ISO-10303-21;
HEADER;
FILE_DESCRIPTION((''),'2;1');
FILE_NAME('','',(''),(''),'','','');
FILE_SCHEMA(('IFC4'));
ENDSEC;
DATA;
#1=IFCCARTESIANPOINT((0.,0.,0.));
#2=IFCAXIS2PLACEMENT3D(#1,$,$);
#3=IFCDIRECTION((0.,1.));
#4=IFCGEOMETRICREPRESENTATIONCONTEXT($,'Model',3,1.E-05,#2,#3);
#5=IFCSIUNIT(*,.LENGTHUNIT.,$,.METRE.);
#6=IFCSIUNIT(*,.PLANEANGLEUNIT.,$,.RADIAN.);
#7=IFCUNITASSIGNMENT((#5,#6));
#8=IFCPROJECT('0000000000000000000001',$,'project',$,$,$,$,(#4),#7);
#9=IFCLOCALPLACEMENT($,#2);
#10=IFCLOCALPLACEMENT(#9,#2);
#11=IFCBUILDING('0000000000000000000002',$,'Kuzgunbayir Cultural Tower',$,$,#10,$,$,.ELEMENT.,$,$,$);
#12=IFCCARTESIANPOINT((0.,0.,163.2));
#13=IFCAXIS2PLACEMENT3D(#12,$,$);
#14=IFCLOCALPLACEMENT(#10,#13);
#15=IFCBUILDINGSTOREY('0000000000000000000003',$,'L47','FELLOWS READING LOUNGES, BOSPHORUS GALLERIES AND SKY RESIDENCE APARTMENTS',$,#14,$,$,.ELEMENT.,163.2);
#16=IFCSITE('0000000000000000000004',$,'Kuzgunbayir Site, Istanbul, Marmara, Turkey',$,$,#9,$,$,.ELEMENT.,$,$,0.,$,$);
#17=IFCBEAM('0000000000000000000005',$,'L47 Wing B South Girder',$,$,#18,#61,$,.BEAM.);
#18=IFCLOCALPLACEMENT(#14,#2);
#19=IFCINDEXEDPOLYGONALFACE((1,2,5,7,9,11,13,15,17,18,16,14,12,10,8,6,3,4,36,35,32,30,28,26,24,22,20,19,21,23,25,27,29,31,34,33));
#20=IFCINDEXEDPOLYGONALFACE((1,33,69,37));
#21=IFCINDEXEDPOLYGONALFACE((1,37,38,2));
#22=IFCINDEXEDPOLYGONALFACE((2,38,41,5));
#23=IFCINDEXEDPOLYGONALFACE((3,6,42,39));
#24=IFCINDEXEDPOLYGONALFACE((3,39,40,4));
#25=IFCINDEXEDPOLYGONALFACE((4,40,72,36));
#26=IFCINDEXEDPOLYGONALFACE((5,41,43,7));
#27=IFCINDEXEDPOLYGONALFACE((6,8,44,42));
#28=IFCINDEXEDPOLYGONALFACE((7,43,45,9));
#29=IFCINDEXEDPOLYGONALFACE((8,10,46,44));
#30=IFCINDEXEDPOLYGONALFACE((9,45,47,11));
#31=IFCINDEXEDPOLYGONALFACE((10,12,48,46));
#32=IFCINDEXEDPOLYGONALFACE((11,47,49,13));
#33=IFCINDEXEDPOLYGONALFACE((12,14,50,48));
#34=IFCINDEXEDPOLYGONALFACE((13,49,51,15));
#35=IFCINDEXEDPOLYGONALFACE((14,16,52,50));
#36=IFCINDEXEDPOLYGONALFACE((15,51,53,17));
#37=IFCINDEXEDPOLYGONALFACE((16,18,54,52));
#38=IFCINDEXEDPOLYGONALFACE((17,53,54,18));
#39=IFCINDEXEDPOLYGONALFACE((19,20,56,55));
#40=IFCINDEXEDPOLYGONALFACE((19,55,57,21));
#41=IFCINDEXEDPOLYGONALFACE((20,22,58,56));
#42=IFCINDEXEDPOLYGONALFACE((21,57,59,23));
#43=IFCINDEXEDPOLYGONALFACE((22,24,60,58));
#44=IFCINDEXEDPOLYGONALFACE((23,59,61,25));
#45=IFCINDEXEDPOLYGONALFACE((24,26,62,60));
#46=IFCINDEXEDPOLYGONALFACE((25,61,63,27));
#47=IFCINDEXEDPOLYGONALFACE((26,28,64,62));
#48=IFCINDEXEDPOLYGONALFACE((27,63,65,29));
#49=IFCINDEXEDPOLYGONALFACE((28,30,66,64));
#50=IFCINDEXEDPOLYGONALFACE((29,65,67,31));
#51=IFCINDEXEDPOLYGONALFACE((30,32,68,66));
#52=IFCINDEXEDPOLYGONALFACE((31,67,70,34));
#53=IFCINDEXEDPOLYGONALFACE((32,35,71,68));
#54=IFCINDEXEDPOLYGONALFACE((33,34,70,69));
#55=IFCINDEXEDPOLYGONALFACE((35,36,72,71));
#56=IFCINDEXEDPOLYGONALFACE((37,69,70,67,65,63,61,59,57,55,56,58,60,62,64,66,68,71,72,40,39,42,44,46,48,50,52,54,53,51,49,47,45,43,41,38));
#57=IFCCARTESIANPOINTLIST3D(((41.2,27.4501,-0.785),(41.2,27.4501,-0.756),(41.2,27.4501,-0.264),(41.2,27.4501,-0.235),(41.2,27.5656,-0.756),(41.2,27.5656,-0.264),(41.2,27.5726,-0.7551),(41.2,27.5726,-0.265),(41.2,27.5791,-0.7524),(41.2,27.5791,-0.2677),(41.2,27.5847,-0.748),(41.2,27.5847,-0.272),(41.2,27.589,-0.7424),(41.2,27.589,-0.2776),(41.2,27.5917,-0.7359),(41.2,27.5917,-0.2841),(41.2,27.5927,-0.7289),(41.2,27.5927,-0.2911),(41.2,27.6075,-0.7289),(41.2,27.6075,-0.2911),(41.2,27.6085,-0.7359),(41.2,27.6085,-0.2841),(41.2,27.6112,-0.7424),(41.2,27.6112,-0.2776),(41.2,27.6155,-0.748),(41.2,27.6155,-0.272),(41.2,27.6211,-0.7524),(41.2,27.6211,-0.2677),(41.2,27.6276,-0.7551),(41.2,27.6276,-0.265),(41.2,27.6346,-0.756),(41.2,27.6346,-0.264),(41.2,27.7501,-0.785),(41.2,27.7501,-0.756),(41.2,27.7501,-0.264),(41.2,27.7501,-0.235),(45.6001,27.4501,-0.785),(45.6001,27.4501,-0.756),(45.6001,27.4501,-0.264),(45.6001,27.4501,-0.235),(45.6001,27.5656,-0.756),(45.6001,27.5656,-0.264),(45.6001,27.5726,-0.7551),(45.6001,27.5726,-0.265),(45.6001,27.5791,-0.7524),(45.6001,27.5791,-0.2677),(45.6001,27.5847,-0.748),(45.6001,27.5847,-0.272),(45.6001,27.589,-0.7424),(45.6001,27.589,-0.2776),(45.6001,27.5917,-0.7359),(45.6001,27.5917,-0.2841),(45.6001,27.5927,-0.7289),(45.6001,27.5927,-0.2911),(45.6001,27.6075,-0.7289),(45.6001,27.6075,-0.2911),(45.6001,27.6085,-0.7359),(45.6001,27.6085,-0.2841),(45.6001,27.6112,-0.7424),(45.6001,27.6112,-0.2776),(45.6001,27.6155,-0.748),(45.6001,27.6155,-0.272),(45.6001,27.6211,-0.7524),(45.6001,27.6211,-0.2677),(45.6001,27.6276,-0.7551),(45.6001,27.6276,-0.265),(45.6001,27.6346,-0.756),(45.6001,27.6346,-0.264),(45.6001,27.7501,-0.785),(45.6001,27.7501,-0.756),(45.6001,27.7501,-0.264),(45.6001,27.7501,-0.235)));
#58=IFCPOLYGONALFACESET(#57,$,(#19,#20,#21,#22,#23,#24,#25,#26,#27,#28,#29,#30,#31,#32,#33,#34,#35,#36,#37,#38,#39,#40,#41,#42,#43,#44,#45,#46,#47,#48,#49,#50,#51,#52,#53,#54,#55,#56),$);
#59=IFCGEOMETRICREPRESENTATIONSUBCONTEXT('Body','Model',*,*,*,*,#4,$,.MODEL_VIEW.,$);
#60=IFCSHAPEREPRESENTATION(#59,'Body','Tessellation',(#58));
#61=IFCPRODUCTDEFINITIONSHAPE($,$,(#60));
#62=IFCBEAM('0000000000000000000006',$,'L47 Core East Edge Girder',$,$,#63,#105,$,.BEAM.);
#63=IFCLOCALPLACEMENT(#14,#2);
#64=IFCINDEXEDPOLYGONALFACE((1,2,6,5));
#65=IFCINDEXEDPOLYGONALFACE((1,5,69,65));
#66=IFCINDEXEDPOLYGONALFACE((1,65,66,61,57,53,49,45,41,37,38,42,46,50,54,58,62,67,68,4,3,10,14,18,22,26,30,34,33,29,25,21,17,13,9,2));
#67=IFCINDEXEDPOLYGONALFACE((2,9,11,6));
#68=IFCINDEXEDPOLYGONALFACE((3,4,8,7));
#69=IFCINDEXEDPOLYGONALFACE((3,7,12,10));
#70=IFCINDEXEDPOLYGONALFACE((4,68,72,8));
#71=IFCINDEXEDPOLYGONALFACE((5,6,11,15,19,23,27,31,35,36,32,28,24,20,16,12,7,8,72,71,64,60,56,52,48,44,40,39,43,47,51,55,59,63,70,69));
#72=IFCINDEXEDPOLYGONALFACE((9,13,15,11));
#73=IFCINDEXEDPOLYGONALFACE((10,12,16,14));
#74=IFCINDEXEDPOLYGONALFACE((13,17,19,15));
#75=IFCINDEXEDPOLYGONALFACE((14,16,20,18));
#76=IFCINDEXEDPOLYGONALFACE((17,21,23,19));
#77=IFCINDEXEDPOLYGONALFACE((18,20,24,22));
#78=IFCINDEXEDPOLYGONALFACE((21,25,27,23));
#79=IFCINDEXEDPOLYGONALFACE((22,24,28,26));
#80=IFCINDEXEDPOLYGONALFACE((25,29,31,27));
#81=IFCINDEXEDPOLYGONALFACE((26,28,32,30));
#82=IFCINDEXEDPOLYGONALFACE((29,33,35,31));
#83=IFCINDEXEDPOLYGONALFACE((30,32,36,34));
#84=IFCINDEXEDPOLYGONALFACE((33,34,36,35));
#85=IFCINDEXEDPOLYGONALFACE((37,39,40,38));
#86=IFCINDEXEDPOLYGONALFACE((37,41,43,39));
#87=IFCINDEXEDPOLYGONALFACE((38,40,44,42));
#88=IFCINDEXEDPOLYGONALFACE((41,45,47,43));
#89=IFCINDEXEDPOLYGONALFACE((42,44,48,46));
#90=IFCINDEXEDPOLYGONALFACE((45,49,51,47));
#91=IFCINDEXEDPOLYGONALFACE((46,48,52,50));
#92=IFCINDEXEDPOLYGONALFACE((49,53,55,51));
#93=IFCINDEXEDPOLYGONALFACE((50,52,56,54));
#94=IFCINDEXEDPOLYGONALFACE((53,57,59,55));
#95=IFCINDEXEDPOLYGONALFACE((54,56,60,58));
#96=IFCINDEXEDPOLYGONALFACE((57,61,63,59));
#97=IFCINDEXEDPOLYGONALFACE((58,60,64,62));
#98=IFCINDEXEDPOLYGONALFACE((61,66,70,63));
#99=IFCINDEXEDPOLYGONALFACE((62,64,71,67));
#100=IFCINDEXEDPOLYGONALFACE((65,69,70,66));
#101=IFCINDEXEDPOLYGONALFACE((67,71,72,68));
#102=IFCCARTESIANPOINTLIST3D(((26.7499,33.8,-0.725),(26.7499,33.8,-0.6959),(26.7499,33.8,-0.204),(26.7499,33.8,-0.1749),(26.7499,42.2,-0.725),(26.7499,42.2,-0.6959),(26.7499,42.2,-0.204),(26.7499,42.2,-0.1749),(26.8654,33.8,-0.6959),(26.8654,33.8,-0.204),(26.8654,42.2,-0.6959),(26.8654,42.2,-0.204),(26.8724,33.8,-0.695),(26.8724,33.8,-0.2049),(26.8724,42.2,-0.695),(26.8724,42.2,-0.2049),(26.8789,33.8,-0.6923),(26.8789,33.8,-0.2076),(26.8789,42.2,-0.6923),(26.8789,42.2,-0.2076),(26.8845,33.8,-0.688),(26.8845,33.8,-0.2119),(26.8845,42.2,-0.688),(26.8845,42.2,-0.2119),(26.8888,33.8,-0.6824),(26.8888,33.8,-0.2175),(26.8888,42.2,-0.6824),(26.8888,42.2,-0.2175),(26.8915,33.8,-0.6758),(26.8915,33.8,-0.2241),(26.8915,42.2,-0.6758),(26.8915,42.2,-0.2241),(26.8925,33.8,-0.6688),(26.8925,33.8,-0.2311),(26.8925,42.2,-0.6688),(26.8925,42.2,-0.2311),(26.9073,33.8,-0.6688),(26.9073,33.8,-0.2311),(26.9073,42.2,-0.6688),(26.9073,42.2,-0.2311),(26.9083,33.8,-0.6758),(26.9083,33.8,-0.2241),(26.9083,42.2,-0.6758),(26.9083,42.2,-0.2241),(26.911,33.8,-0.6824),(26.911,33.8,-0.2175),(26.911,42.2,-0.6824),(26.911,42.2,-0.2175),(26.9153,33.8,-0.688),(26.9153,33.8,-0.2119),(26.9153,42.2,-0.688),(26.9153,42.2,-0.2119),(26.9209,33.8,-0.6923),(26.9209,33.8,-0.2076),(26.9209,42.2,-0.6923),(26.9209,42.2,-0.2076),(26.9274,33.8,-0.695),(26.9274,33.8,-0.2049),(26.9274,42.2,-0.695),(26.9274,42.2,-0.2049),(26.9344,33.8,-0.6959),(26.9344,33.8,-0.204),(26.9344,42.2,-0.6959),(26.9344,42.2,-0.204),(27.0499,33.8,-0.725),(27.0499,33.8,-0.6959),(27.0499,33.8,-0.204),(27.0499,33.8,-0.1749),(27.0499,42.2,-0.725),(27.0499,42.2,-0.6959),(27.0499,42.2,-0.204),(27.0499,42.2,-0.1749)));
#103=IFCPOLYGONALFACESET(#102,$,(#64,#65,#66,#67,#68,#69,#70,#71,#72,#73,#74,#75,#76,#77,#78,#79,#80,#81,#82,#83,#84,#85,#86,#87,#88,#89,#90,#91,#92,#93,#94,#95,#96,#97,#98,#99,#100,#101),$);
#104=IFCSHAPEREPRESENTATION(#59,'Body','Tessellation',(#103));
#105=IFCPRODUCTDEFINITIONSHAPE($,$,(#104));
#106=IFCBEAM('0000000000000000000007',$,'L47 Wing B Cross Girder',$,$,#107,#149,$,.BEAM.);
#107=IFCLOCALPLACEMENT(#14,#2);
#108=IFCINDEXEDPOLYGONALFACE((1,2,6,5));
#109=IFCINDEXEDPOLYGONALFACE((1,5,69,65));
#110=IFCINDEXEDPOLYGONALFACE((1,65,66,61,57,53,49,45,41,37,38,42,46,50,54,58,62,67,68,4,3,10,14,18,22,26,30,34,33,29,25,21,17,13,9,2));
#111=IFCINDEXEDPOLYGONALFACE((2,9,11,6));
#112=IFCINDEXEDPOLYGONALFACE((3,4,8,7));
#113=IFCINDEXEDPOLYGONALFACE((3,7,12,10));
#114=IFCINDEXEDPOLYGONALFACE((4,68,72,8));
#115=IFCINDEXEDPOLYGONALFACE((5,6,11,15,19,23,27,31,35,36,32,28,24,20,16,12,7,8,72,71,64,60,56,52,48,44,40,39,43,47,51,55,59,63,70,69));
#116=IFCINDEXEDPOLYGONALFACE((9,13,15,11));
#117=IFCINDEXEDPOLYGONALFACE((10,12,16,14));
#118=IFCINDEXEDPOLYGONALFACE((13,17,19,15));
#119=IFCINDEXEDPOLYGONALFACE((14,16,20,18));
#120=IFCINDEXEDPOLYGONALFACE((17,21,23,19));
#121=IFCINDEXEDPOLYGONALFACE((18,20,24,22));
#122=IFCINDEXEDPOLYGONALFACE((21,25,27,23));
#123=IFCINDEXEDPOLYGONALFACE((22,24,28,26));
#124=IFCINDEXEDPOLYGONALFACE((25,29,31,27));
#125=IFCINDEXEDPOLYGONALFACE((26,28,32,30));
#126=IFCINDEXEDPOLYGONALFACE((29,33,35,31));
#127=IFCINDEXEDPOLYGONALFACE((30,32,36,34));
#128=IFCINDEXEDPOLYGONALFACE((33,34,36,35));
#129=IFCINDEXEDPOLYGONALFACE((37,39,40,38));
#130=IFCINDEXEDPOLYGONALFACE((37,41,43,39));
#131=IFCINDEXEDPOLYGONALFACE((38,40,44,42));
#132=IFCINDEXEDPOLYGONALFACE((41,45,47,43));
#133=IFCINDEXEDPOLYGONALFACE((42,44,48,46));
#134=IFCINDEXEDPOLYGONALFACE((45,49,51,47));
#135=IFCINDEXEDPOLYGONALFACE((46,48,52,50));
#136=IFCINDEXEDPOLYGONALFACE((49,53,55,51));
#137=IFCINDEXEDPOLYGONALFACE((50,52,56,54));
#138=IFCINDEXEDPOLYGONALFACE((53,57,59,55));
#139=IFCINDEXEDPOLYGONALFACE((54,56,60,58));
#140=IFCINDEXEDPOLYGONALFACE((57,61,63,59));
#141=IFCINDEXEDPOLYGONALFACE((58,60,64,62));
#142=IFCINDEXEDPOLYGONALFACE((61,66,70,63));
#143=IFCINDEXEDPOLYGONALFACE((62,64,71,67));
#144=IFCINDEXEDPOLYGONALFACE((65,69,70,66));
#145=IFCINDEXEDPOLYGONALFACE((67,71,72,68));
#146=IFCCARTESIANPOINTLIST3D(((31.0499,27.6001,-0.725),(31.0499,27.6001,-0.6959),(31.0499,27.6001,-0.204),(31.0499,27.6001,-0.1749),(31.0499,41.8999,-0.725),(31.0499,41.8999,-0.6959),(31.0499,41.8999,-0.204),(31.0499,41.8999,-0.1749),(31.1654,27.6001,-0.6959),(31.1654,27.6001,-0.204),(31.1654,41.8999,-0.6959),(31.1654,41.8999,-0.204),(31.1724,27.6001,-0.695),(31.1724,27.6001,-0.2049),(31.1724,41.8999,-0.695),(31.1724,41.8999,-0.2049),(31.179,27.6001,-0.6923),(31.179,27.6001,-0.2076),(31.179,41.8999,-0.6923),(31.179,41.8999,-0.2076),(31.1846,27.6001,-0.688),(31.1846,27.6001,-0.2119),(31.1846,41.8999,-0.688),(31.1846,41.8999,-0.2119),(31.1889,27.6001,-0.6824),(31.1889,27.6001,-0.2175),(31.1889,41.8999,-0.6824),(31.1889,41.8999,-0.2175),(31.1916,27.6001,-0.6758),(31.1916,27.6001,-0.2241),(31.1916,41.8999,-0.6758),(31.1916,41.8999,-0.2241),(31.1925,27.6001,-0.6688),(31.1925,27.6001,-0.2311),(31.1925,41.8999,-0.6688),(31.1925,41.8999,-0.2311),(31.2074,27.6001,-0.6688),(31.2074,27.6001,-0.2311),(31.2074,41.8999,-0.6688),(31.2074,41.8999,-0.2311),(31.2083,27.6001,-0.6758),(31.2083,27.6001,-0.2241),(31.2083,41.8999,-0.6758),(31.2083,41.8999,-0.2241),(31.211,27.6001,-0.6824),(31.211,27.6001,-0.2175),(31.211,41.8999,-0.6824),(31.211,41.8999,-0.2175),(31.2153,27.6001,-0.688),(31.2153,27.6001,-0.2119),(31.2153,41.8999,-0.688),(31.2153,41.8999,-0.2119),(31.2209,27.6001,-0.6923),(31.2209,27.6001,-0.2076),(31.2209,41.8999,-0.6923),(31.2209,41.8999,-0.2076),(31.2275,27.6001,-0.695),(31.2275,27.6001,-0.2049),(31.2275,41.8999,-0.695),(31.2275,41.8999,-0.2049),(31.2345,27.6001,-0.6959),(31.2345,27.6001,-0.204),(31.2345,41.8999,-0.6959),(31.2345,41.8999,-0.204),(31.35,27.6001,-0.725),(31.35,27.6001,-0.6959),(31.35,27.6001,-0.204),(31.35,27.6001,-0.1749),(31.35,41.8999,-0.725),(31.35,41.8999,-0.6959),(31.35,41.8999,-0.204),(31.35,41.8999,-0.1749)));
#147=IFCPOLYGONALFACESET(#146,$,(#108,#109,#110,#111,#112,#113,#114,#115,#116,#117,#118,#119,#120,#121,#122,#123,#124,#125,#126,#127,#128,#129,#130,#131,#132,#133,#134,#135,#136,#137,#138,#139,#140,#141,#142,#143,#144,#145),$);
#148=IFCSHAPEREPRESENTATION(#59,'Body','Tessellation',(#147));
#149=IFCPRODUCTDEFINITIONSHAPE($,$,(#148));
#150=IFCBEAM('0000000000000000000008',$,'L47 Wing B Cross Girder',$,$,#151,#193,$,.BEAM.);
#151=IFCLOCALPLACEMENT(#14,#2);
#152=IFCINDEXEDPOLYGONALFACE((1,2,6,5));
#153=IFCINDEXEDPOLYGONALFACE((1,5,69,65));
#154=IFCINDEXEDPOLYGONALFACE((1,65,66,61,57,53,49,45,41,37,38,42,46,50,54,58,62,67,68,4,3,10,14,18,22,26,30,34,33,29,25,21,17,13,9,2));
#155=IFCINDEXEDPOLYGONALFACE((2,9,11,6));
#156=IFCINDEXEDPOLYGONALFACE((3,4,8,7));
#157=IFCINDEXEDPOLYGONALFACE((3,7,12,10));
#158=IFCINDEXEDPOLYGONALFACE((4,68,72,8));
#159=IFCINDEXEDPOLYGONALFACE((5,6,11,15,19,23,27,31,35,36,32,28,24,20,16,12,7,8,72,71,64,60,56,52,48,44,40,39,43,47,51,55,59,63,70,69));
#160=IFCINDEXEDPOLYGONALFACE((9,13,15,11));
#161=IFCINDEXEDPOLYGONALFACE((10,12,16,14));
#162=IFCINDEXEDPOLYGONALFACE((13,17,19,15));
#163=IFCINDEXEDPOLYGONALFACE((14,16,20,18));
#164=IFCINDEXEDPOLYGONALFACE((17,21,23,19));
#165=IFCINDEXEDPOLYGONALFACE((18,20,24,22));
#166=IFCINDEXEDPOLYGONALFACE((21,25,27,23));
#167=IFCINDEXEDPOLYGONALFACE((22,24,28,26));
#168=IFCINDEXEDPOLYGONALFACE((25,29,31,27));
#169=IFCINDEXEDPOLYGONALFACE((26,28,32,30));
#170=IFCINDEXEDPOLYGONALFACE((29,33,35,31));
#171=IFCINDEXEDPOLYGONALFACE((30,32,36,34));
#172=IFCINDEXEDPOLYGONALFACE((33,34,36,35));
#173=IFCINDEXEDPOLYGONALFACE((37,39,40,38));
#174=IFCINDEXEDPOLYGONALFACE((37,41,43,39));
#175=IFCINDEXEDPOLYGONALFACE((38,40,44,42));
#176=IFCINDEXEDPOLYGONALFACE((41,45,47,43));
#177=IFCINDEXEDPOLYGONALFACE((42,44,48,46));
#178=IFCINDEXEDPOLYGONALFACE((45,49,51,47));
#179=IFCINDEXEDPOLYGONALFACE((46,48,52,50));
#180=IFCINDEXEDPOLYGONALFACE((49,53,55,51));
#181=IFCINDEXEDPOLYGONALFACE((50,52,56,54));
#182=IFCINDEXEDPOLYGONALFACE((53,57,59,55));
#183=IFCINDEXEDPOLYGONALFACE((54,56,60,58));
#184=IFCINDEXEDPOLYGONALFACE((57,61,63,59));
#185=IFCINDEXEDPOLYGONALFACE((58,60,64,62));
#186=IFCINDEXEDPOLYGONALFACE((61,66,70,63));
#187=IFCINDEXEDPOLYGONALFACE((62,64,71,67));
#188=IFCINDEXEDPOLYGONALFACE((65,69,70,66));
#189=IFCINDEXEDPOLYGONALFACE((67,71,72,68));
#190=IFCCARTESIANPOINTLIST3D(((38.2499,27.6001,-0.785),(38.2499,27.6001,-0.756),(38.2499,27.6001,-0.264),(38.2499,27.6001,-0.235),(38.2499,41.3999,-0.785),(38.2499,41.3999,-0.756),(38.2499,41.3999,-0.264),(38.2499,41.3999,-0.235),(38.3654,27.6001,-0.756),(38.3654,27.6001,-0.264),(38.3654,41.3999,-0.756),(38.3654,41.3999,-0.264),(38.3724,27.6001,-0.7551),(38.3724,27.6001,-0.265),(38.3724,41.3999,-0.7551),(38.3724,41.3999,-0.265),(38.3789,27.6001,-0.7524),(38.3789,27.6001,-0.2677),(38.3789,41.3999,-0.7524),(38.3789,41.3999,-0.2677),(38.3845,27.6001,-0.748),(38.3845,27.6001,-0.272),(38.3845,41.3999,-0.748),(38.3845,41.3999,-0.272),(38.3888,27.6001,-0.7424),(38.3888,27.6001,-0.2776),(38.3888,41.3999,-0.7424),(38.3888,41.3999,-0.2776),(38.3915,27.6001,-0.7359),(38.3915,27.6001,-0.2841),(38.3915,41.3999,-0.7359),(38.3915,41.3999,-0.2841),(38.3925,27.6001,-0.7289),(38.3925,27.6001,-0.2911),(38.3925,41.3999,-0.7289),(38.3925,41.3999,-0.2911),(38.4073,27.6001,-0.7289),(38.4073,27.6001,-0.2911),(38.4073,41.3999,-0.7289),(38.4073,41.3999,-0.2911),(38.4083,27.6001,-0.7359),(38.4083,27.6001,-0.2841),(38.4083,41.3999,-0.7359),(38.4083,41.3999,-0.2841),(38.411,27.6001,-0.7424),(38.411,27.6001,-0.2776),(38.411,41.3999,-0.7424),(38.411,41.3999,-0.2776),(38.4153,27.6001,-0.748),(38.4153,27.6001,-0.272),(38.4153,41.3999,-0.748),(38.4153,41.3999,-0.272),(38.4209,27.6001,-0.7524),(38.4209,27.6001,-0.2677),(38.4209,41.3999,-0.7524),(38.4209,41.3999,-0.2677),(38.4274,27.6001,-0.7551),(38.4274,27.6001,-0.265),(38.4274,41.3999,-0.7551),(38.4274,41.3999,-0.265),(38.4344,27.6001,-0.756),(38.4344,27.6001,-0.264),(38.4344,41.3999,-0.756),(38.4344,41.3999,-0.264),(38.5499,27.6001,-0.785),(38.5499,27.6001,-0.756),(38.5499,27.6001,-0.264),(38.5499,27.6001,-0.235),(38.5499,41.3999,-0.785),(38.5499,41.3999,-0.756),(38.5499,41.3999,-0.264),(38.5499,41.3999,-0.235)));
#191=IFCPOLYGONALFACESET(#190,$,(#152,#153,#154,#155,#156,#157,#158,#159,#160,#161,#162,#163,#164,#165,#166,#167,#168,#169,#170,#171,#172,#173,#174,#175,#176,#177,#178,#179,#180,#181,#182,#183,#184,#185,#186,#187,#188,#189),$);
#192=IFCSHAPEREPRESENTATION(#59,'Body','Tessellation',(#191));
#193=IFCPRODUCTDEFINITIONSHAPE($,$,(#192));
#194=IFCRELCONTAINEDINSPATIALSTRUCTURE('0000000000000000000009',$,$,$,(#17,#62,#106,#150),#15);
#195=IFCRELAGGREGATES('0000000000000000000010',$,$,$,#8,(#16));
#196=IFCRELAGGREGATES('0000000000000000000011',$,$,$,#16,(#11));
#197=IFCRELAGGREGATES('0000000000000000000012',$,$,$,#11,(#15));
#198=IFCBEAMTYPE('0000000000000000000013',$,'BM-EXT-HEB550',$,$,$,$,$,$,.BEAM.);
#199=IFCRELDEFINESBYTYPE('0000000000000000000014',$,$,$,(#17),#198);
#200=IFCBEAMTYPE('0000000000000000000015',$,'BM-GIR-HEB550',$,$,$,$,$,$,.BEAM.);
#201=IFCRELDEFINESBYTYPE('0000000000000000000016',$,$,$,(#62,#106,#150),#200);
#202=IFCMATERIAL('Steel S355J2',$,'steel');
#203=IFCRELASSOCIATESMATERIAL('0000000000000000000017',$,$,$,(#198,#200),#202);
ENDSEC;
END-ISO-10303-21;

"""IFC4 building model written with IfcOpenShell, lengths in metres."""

from ifc_helpers import new_model, si_unit, direction, frame, origin, origin_2d, place, context, subcontext, project, spatial, i_section, extrude, material, material_profile, profile_set, type_object, element, save


model = new_model("IFC4")

# Units and contexts
model_context = context("Model", 3, precision=1e-05, world=origin(), true_north=direction((0.0, 1.0)))
body_context = subcontext(model_context, "Body", "Model", "MODEL_VIEW")
ifc_project = project(units=[si_unit("LENGTHUNIT", "METRE"), si_unit("PLANEANGLEUNIT", "RADIAN")], contexts=[model_context])

# Site, building, storey
site_placement = place(None, origin())
site = spatial("IfcSite", under=ifc_project, at=site_placement, Name="Kuzgunbayir Site, Istanbul, Marmara, Turkey", CompositionType="ELEMENT", RefElevation=0.0)
building_placement = place(site_placement, origin())
building = spatial("IfcBuilding", under=site, at=building_placement, Name="Kuzgunbayir Cultural Tower", CompositionType="ELEMENT")
storey_placement = place(building_placement, frame((0.0, 0.0, 163.2)))
storey = spatial("IfcBuildingStorey", under=building, at=storey_placement, Name="L47", Description="FELLOWS READING LOUNGES, BOSPHORUS GALLERIES AND SKY RESIDENCE APARTMENTS", CompositionType="ELEMENT", Elevation=163.2)

# Beams
ifc_material_1 = material(Name="Steel S355J2", Category="steel")
ifc_material_profile_1 = material_profile(ifc_material_1, i_section(OverallWidth=0.3, OverallDepth=0.55, WebThickness=0.0149, FlangeThickness=0.0291, FilletRadius=0.0271, at=origin_2d()), Name="HEB 550")
ifc_profile_set_1 = profile_set([ifc_material_profile_1], Name="Steel S355J2")
beam_type_1 = type_object("IfcBeamType", Name="BM-EXT-HEB550", PredefinedType="BEAM", material=ifc_profile_set_1)
beam_1_placement = place(storey_placement, frame((41.2, 27.6001, -0.51), z_axis=(1.0, 0.0, 0.0), x_axis=(0.0, 1.0, 0.0)))
element("IfcBeam", 1, at=beam_1_placement, inside=storey, type_object=beam_type_1, Name="L47 Wing B South Girder", PredefinedType="BEAM", context=body_context, shape_type="SweptSolid", body=[
    extrude(i_section(OverallWidth=0.3, OverallDepth=0.55, WebThickness=0.0149, FlangeThickness=0.0291, FilletRadius=0.0271, at=origin_2d()), origin(), (0.0, 0.0, 1.0), 4.4001),
])
ifc_material_profile_2 = material_profile(ifc_material_1, i_section(OverallWidth=0.3, OverallDepth=0.55, WebThickness=0.0149, FlangeThickness=0.0291, FilletRadius=0.0271, at=origin_2d()), Name="HEB 550")
ifc_profile_set_2 = profile_set([ifc_material_profile_2], Name="Steel S355J2")
beam_type_2 = type_object("IfcBeamType", Name="BM-GIR-HEB550", PredefinedType="BEAM", material=ifc_profile_set_2)
beam_2_placement = place(storey_placement, frame((26.8999, 33.8, -0.45), z_axis=(0.0, 1.0, 0.0), x_axis=(-1.0, 0.0, 0.0)))
element("IfcBeam", 2, at=beam_2_placement, inside=storey, type_object=beam_type_2, Name="L47 Core East Edge Girder", PredefinedType="BEAM", context=body_context, shape_type="SweptSolid", body=[
    extrude(i_section(OverallWidth=0.3, OverallDepth=0.55, WebThickness=0.0149, FlangeThickness=0.0291, FilletRadius=0.0271, at=origin_2d()), origin(), (0.0, 0.0, 1.0), 8.3999),
])
beam_3_placement = place(storey_placement, frame((31.2, 27.6001, -0.45), z_axis=(0.0, 1.0, 0.0), x_axis=(-1.0, 0.0, 0.0)))
element("IfcBeam", 3, at=beam_3_placement, inside=storey, type_object=beam_type_2, Name="L47 Wing B Cross Girder", PredefinedType="BEAM", context=body_context, shape_type="SweptSolid", body=[
    extrude(i_section(OverallWidth=0.3, OverallDepth=0.55, WebThickness=0.0149, FlangeThickness=0.0291, FilletRadius=0.0271, at=origin_2d()), origin(), (0.0, 0.0, 1.0), 14.2998),
])
beam_4_placement = place(storey_placement, frame((38.3999, 27.6001, -0.51), z_axis=(0.0, 1.0, 0.0), x_axis=(-1.0, 0.0, 0.0)))
element("IfcBeam", 4, at=beam_4_placement, inside=storey, type_object=beam_type_2, Name="L47 Wing B Cross Girder", PredefinedType="BEAM", context=body_context, shape_type="SweptSolid", body=[
    extrude(i_section(OverallWidth=0.3, OverallDepth=0.55, WebThickness=0.0149, FlangeThickness=0.0291, FilletRadius=0.0271, at=origin_2d()), origin(), (0.0, 0.0, 1.0), 13.7998),
])

save(model, "model.ifc")
